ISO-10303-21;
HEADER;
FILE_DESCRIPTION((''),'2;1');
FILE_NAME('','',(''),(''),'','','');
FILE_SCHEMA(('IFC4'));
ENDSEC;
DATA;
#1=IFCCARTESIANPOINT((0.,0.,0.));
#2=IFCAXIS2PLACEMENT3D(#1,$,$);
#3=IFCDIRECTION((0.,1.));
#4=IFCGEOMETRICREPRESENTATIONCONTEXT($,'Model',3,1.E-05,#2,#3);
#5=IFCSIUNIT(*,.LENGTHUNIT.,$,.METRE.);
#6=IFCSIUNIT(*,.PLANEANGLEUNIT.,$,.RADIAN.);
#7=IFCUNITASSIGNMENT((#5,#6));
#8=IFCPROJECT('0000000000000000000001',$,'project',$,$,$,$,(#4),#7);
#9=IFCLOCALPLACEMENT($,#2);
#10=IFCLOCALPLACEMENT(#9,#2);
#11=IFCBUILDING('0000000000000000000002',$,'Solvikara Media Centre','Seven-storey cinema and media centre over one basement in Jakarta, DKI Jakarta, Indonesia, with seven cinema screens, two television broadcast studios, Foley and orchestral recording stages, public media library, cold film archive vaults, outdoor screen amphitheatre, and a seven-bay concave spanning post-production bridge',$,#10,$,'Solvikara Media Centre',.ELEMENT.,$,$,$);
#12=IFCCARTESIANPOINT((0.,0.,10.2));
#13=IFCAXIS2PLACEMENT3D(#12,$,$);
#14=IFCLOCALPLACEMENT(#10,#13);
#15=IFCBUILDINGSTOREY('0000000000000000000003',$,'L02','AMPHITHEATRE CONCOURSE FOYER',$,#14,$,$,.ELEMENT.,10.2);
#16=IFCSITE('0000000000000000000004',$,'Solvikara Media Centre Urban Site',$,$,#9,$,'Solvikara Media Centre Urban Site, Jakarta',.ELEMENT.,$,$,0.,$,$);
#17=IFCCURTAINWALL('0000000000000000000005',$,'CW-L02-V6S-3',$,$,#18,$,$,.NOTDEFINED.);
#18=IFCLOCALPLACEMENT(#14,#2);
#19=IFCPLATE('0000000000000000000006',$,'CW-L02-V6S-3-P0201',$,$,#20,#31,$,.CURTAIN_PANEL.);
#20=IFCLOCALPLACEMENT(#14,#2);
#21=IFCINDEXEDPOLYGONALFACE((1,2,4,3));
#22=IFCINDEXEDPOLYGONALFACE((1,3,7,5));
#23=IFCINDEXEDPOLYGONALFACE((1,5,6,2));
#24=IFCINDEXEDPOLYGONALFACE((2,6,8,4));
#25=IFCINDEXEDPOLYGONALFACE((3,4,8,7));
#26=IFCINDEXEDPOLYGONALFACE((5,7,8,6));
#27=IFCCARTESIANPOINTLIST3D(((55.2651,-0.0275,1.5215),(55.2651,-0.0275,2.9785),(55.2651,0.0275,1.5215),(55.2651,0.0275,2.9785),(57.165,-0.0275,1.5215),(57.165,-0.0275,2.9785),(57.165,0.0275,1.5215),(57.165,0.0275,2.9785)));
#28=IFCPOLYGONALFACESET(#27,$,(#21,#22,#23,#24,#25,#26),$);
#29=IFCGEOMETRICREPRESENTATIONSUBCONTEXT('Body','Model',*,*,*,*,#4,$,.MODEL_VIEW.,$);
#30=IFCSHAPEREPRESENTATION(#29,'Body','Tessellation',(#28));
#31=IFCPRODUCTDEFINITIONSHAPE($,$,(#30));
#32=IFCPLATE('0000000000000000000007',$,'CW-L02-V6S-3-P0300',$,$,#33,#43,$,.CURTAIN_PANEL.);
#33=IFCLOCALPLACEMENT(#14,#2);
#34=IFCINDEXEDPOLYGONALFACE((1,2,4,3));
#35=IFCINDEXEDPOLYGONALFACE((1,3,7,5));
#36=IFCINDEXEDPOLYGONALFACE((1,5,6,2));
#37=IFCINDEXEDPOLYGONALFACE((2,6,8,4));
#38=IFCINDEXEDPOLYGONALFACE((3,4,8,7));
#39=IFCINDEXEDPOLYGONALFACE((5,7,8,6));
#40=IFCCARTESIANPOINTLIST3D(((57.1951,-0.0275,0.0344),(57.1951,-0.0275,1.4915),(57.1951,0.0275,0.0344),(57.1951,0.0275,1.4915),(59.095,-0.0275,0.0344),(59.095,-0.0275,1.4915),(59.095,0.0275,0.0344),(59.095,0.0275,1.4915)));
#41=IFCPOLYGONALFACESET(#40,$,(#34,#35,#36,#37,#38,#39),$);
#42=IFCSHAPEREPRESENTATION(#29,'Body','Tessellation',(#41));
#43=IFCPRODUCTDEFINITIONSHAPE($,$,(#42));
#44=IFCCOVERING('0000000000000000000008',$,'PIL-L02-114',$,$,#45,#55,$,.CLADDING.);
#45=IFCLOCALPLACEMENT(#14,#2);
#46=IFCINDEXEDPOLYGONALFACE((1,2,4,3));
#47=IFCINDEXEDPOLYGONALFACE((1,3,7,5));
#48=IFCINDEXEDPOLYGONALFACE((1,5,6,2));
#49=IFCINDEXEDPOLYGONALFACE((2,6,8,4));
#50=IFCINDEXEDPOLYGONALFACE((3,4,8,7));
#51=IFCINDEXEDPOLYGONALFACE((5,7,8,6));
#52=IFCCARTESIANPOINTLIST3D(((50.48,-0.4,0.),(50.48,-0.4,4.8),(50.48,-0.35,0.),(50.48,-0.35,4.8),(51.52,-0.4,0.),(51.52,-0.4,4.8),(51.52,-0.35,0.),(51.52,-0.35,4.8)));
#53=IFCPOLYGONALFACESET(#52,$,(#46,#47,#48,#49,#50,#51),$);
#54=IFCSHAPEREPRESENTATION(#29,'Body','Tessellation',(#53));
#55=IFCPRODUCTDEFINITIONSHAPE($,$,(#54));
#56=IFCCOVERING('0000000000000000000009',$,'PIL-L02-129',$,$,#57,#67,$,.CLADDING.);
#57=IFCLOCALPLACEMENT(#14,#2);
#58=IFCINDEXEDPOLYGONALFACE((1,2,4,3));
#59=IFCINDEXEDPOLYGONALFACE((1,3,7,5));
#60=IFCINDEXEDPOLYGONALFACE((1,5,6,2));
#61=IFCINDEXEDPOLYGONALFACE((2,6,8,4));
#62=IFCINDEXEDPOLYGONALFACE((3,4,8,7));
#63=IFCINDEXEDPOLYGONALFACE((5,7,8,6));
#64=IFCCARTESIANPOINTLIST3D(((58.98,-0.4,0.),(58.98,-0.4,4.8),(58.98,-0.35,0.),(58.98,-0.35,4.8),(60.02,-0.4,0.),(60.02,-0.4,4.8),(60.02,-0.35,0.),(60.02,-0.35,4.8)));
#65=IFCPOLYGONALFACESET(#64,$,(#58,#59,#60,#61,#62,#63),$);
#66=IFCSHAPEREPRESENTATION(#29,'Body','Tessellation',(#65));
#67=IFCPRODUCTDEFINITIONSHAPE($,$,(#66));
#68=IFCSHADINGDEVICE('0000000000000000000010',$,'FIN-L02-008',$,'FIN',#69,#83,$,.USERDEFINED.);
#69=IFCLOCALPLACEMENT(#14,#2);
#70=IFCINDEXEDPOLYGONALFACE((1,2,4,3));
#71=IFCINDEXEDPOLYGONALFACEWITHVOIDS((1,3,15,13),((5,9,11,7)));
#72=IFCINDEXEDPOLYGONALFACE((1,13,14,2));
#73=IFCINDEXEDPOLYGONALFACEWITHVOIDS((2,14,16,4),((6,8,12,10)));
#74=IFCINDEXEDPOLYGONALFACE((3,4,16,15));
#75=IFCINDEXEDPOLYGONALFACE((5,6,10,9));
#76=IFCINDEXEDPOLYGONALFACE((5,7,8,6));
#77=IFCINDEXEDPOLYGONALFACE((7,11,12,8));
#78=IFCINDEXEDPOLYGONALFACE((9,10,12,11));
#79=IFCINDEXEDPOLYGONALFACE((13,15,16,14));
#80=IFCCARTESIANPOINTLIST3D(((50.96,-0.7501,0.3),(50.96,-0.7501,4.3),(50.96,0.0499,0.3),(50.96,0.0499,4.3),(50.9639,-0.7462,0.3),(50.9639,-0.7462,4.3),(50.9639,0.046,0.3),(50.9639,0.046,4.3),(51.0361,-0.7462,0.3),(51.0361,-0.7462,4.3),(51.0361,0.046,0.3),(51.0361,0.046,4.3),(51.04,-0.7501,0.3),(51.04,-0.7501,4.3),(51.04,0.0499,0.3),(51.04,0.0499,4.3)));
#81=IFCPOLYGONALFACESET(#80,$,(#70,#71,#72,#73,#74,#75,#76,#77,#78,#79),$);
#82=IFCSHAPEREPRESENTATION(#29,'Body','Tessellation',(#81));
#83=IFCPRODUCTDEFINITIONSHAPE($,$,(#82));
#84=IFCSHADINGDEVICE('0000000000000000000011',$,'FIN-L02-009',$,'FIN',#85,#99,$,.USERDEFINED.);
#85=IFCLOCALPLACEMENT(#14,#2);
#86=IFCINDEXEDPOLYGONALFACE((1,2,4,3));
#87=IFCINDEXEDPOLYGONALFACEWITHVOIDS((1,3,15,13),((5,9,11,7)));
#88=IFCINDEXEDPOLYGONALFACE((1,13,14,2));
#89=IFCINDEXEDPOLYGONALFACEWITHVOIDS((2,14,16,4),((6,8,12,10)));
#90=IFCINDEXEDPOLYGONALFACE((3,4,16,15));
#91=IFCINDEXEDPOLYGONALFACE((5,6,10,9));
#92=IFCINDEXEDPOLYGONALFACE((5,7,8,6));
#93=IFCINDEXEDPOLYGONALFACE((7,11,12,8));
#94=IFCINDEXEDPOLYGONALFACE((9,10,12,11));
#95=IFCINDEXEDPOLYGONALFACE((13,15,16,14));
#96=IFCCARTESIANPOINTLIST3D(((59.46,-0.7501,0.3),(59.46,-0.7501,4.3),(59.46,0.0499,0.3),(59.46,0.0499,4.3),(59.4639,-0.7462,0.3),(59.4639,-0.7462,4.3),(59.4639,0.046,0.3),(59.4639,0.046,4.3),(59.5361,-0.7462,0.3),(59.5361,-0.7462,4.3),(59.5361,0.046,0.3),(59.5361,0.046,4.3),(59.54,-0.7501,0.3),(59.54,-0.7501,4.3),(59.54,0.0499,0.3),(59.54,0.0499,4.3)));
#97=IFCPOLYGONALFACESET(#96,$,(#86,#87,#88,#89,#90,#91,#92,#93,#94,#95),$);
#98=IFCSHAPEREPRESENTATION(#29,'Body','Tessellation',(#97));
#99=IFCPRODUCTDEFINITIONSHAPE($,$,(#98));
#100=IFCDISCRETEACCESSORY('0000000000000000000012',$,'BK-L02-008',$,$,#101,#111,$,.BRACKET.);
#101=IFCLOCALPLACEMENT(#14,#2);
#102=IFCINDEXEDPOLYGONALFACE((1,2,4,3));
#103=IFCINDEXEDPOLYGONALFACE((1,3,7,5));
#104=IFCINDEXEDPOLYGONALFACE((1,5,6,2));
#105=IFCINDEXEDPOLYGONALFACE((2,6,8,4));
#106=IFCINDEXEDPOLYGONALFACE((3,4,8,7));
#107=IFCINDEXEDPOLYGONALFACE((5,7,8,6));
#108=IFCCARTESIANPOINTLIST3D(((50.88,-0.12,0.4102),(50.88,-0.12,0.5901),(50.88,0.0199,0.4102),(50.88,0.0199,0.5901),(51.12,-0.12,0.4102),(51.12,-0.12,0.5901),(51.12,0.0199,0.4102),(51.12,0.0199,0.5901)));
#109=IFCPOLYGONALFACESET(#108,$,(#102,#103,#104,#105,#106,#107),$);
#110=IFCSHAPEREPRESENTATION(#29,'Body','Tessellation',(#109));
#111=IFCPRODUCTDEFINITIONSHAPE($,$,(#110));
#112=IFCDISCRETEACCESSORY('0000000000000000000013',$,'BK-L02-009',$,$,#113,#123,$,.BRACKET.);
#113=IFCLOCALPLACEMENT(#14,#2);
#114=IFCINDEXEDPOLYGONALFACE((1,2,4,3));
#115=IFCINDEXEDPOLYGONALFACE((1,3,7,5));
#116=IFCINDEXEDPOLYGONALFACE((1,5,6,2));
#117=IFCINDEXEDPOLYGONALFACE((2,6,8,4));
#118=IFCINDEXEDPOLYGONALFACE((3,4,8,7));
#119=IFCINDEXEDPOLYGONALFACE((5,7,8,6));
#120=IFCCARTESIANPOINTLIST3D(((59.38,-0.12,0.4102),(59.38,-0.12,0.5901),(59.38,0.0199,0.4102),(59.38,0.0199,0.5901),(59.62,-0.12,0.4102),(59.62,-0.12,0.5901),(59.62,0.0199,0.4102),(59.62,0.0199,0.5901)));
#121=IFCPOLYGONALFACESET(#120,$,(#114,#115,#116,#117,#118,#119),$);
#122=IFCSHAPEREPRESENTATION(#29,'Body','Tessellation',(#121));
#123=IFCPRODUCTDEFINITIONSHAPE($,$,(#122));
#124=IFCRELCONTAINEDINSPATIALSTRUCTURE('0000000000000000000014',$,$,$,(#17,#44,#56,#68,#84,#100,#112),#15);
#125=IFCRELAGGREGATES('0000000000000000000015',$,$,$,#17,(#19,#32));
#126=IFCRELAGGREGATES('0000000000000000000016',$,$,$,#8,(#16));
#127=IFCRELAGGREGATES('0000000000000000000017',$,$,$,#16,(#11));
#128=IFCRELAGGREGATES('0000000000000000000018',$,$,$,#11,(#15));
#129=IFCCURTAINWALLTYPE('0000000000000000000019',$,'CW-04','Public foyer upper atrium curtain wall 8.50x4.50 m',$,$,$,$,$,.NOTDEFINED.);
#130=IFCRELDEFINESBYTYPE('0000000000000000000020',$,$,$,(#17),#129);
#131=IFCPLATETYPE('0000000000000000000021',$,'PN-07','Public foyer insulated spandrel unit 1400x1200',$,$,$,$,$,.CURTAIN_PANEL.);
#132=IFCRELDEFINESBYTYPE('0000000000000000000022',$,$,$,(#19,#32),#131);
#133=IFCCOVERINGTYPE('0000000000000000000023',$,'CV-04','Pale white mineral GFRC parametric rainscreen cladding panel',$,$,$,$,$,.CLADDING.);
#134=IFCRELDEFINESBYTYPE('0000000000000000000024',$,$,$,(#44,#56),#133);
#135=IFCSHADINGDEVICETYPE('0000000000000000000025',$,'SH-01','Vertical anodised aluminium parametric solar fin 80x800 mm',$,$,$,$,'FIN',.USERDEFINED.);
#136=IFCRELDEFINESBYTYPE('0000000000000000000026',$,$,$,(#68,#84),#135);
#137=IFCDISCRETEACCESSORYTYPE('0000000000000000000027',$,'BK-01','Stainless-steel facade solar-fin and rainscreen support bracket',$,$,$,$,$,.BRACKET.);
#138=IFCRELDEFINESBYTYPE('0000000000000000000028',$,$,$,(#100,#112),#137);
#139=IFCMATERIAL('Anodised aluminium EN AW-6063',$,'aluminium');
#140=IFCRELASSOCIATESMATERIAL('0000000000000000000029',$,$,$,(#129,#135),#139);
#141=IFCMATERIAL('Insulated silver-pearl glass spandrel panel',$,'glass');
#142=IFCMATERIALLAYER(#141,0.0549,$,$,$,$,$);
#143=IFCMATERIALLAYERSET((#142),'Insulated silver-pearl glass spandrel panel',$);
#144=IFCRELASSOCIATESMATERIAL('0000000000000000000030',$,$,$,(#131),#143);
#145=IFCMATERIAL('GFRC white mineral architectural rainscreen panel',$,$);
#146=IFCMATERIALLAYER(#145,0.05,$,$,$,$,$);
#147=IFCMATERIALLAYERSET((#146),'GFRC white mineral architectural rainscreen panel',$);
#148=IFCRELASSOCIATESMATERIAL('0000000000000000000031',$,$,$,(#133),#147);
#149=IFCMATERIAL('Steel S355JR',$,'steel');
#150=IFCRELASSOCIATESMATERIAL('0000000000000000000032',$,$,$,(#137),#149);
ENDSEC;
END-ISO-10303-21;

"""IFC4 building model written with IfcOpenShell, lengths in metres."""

from ifc_helpers import new_model, si_unit, direction, frame, origin, origin_2d, place, context, subcontext, project, spatial, rectangle, hollow_rectangle, extrude, material, layer, layer_set, material_profile, profile_set, type_object, element, aggregate, save


model = new_model("IFC4")

# Units and contexts
model_context = context("Model", 3, precision=1e-05, world=origin(), true_north=direction((0.0, 1.0)))
body_context = subcontext(model_context, "Body", "Model", "MODEL_VIEW")
ifc_project = project(units=[si_unit("LENGTHUNIT", "METRE"), si_unit("PLANEANGLEUNIT", "RADIAN")], contexts=[model_context])

# Site, building, storey
site_placement = place(None, origin())
site = spatial("IfcSite", under=ifc_project, at=site_placement, Name="Solvikara Media Centre Urban Site", LongName="Solvikara Media Centre Urban Site, Jakarta", CompositionType="ELEMENT", RefElevation=0.0)
building_placement = place(site_placement, origin())
building = spatial("IfcBuilding", under=site, at=building_placement, Name="Solvikara Media Centre", Description="Seven-storey cinema and media centre over one basement in Jakarta, DKI Jakarta, Indonesia, with seven cinema screens, two television broadcast studios, Foley and orchestral recording stages, public media library, cold film archive vaults, outdoor screen amphitheatre, and a seven-bay concave spanning post-production bridge", LongName="Solvikara Media Centre", CompositionType="ELEMENT")
storey_placement = place(building_placement, frame((0.0, 0.0, 10.2)))
storey = spatial("IfcBuildingStorey", under=building, at=storey_placement, Name="L02", Description="AMPHITHEATRE CONCOURSE FOYER", CompositionType="ELEMENT", Elevation=10.2)

# Shared definitions
ifc_material_1 = material(Name="Steel S355JR", Category="steel")

# Shared definitions
ifc_material_2 = material(Name="Anodised aluminium EN AW-6063", Category="aluminium")
curtain_wall_type = type_object("IfcCurtainWallType", Name="CW-04", Description="Public foyer upper atrium curtain wall 8.50x4.50 m", PredefinedType="NOTDEFINED", material=ifc_material_2)

# Curtain wall
curtain_wall_1_placement = place(storey_placement, origin())
curtain_wall_1 = element("IfcCurtainWall", 1, at=curtain_wall_1_placement, inside=storey, type_object=curtain_wall_type, Name="CW-L02-V6S-3", PredefinedType="NOTDEFINED")

# Plates
ifc_material_3 = material(Name="Insulated silver-pearl glass spandrel panel", Category="glass")
ifc_layer_1 = layer(ifc_material_3, 0.0549)
ifc_layer_set_1 = layer_set([ifc_layer_1], Name="Insulated silver-pearl glass spandrel panel")
plate_type_1 = type_object("IfcPlateType", Name="PN-07", Description="Public foyer insulated spandrel unit 1400x1200", PredefinedType="CURTAIN_PANEL", material=ifc_layer_set_1)
plate_1_placement = place(storey_placement, frame((56.2151, 0.0, 1.5215), z_axis=(0.0, 0.0, 1.0), x_axis=(1.0, 0.0, 0.0)))
plate_1 = element("IfcPlate", 2, at=plate_1_placement, type_object=plate_type_1, Name="CW-L02-V6S-3-P0201", PredefinedType="CURTAIN_PANEL", context=body_context, shape_type="SweptSolid", body=[
    extrude(rectangle(XDim=1.8999, YDim=0.0549, at=origin_2d()), origin(), (0.0, 0.0, 1.0), 1.457),
])
plate_2_placement = place(storey_placement, frame((58.145, 0.0, 0.0344), z_axis=(0.0, 0.0, 1.0), x_axis=(1.0, 0.0, 0.0)))
plate_2 = element("IfcPlate", 3, at=plate_2_placement, type_object=plate_type_1, Name="CW-L02-V6S-3-P0300", PredefinedType="CURTAIN_PANEL", context=body_context, shape_type="SweptSolid", body=[
    extrude(rectangle(XDim=1.8999, YDim=0.0549, at=origin_2d()), origin(), (0.0, 0.0, 1.0), 1.457),
])
aggregate(curtain_wall_1, [plate_1, plate_2])

# Coverings
ifc_material_4 = material(Name="GFRC white mineral architectural rainscreen panel")
ifc_layer_2 = layer(ifc_material_4, 0.05)
ifc_layer_set_2 = layer_set([ifc_layer_2], Name="GFRC white mineral architectural rainscreen panel")
covering_type = type_object("IfcCoveringType", Name="CV-04", Description="Pale white mineral GFRC parametric rainscreen cladding panel", PredefinedType="CLADDING", material=ifc_layer_set_2)
for number, where, z_axis, x_axis, name in (
    (4, (51.0, -0.375, 0.0), (0.0, 0.0, 1.0), (1.0, 0.0, 0.0), "PIL-L02-114"),
    (5, (59.5, -0.375, 0.0), (0.0, 0.0, 1.0), (1.0, 0.0, 0.0), "PIL-L02-129"),
):
    element("IfcCovering", number, at=place(storey_placement, frame(where, z_axis=z_axis, x_axis=x_axis)), inside=storey, type_object=covering_type, Name=name, PredefinedType="CLADDING", context=body_context, shape_type="SweptSolid", body=[
        extrude(rectangle(XDim=1.04, YDim=0.05, at=origin_2d()), origin(), (0.0, 0.0, 1.0), 4.8),
    ])

# Shading devices
ifc_material_profile_1 = material_profile(ifc_material_2, hollow_rectangle(XDim=0.0801, YDim=0.8, WallThickness=0.0039, at=origin_2d()), Name="ALU-FIN 80x800x4")
ifc_profile_set_1 = profile_set([ifc_material_profile_1], Name="Anodised aluminium EN AW-6063")
shading_device_type = type_object("IfcShadingDeviceType", Name="SH-01", Description="Vertical anodised aluminium parametric solar fin 80x800 mm", ElementType="FIN", PredefinedType="USERDEFINED", material=ifc_profile_set_1)
for number, where, z_axis, x_axis, name in (
    (6, (51.0, -0.3501, 0.3), (0.0, 0.0, 1.0), (1.0, 0.0, 0.0), "FIN-L02-008"),
    (7, (59.5, -0.3501, 0.3), (0.0, 0.0, 1.0), (1.0, 0.0, 0.0), "FIN-L02-009"),
):
    element("IfcShadingDevice", number, at=place(storey_placement, frame(where, z_axis=z_axis, x_axis=x_axis)), inside=storey, type_object=shading_device_type, Name=name, ObjectType="FIN", PredefinedType="USERDEFINED", context=body_context, shape_type="SweptSolid", body=[
        extrude(hollow_rectangle(XDim=0.0801, YDim=0.8, WallThickness=0.0039, at=origin_2d()), origin(), (0.0, 0.0, 1.0), 4.0),
    ])

# Discrete accessories
discrete_accessory_type = type_object("IfcDiscreteAccessoryType", Name="BK-01", Description="Stainless-steel facade solar-fin and rainscreen support bracket", PredefinedType="BRACKET", material=ifc_material_1)
for number, where, z_axis, x_axis, name in (
    (8, (51.0, -0.05, 0.4102), (0.0, 0.0, 1.0), (1.0, 0.0, 0.0), "BK-L02-008"),
    (9, (59.5, -0.05, 0.4102), (0.0, 0.0, 1.0), (1.0, 0.0, 0.0), "BK-L02-009"),
):
    element("IfcDiscreteAccessory", number, at=place(storey_placement, frame(where, z_axis=z_axis, x_axis=x_axis)), inside=storey, type_object=discrete_accessory_type, Name=name, PredefinedType="BRACKET", context=body_context, shape_type="SweptSolid", body=[
        extrude(rectangle(XDim=0.24, YDim=0.1399, at=origin_2d()), origin(), (0.0, 0.0, 1.0), 0.1799),
    ])

save(model, "model.ifc")
